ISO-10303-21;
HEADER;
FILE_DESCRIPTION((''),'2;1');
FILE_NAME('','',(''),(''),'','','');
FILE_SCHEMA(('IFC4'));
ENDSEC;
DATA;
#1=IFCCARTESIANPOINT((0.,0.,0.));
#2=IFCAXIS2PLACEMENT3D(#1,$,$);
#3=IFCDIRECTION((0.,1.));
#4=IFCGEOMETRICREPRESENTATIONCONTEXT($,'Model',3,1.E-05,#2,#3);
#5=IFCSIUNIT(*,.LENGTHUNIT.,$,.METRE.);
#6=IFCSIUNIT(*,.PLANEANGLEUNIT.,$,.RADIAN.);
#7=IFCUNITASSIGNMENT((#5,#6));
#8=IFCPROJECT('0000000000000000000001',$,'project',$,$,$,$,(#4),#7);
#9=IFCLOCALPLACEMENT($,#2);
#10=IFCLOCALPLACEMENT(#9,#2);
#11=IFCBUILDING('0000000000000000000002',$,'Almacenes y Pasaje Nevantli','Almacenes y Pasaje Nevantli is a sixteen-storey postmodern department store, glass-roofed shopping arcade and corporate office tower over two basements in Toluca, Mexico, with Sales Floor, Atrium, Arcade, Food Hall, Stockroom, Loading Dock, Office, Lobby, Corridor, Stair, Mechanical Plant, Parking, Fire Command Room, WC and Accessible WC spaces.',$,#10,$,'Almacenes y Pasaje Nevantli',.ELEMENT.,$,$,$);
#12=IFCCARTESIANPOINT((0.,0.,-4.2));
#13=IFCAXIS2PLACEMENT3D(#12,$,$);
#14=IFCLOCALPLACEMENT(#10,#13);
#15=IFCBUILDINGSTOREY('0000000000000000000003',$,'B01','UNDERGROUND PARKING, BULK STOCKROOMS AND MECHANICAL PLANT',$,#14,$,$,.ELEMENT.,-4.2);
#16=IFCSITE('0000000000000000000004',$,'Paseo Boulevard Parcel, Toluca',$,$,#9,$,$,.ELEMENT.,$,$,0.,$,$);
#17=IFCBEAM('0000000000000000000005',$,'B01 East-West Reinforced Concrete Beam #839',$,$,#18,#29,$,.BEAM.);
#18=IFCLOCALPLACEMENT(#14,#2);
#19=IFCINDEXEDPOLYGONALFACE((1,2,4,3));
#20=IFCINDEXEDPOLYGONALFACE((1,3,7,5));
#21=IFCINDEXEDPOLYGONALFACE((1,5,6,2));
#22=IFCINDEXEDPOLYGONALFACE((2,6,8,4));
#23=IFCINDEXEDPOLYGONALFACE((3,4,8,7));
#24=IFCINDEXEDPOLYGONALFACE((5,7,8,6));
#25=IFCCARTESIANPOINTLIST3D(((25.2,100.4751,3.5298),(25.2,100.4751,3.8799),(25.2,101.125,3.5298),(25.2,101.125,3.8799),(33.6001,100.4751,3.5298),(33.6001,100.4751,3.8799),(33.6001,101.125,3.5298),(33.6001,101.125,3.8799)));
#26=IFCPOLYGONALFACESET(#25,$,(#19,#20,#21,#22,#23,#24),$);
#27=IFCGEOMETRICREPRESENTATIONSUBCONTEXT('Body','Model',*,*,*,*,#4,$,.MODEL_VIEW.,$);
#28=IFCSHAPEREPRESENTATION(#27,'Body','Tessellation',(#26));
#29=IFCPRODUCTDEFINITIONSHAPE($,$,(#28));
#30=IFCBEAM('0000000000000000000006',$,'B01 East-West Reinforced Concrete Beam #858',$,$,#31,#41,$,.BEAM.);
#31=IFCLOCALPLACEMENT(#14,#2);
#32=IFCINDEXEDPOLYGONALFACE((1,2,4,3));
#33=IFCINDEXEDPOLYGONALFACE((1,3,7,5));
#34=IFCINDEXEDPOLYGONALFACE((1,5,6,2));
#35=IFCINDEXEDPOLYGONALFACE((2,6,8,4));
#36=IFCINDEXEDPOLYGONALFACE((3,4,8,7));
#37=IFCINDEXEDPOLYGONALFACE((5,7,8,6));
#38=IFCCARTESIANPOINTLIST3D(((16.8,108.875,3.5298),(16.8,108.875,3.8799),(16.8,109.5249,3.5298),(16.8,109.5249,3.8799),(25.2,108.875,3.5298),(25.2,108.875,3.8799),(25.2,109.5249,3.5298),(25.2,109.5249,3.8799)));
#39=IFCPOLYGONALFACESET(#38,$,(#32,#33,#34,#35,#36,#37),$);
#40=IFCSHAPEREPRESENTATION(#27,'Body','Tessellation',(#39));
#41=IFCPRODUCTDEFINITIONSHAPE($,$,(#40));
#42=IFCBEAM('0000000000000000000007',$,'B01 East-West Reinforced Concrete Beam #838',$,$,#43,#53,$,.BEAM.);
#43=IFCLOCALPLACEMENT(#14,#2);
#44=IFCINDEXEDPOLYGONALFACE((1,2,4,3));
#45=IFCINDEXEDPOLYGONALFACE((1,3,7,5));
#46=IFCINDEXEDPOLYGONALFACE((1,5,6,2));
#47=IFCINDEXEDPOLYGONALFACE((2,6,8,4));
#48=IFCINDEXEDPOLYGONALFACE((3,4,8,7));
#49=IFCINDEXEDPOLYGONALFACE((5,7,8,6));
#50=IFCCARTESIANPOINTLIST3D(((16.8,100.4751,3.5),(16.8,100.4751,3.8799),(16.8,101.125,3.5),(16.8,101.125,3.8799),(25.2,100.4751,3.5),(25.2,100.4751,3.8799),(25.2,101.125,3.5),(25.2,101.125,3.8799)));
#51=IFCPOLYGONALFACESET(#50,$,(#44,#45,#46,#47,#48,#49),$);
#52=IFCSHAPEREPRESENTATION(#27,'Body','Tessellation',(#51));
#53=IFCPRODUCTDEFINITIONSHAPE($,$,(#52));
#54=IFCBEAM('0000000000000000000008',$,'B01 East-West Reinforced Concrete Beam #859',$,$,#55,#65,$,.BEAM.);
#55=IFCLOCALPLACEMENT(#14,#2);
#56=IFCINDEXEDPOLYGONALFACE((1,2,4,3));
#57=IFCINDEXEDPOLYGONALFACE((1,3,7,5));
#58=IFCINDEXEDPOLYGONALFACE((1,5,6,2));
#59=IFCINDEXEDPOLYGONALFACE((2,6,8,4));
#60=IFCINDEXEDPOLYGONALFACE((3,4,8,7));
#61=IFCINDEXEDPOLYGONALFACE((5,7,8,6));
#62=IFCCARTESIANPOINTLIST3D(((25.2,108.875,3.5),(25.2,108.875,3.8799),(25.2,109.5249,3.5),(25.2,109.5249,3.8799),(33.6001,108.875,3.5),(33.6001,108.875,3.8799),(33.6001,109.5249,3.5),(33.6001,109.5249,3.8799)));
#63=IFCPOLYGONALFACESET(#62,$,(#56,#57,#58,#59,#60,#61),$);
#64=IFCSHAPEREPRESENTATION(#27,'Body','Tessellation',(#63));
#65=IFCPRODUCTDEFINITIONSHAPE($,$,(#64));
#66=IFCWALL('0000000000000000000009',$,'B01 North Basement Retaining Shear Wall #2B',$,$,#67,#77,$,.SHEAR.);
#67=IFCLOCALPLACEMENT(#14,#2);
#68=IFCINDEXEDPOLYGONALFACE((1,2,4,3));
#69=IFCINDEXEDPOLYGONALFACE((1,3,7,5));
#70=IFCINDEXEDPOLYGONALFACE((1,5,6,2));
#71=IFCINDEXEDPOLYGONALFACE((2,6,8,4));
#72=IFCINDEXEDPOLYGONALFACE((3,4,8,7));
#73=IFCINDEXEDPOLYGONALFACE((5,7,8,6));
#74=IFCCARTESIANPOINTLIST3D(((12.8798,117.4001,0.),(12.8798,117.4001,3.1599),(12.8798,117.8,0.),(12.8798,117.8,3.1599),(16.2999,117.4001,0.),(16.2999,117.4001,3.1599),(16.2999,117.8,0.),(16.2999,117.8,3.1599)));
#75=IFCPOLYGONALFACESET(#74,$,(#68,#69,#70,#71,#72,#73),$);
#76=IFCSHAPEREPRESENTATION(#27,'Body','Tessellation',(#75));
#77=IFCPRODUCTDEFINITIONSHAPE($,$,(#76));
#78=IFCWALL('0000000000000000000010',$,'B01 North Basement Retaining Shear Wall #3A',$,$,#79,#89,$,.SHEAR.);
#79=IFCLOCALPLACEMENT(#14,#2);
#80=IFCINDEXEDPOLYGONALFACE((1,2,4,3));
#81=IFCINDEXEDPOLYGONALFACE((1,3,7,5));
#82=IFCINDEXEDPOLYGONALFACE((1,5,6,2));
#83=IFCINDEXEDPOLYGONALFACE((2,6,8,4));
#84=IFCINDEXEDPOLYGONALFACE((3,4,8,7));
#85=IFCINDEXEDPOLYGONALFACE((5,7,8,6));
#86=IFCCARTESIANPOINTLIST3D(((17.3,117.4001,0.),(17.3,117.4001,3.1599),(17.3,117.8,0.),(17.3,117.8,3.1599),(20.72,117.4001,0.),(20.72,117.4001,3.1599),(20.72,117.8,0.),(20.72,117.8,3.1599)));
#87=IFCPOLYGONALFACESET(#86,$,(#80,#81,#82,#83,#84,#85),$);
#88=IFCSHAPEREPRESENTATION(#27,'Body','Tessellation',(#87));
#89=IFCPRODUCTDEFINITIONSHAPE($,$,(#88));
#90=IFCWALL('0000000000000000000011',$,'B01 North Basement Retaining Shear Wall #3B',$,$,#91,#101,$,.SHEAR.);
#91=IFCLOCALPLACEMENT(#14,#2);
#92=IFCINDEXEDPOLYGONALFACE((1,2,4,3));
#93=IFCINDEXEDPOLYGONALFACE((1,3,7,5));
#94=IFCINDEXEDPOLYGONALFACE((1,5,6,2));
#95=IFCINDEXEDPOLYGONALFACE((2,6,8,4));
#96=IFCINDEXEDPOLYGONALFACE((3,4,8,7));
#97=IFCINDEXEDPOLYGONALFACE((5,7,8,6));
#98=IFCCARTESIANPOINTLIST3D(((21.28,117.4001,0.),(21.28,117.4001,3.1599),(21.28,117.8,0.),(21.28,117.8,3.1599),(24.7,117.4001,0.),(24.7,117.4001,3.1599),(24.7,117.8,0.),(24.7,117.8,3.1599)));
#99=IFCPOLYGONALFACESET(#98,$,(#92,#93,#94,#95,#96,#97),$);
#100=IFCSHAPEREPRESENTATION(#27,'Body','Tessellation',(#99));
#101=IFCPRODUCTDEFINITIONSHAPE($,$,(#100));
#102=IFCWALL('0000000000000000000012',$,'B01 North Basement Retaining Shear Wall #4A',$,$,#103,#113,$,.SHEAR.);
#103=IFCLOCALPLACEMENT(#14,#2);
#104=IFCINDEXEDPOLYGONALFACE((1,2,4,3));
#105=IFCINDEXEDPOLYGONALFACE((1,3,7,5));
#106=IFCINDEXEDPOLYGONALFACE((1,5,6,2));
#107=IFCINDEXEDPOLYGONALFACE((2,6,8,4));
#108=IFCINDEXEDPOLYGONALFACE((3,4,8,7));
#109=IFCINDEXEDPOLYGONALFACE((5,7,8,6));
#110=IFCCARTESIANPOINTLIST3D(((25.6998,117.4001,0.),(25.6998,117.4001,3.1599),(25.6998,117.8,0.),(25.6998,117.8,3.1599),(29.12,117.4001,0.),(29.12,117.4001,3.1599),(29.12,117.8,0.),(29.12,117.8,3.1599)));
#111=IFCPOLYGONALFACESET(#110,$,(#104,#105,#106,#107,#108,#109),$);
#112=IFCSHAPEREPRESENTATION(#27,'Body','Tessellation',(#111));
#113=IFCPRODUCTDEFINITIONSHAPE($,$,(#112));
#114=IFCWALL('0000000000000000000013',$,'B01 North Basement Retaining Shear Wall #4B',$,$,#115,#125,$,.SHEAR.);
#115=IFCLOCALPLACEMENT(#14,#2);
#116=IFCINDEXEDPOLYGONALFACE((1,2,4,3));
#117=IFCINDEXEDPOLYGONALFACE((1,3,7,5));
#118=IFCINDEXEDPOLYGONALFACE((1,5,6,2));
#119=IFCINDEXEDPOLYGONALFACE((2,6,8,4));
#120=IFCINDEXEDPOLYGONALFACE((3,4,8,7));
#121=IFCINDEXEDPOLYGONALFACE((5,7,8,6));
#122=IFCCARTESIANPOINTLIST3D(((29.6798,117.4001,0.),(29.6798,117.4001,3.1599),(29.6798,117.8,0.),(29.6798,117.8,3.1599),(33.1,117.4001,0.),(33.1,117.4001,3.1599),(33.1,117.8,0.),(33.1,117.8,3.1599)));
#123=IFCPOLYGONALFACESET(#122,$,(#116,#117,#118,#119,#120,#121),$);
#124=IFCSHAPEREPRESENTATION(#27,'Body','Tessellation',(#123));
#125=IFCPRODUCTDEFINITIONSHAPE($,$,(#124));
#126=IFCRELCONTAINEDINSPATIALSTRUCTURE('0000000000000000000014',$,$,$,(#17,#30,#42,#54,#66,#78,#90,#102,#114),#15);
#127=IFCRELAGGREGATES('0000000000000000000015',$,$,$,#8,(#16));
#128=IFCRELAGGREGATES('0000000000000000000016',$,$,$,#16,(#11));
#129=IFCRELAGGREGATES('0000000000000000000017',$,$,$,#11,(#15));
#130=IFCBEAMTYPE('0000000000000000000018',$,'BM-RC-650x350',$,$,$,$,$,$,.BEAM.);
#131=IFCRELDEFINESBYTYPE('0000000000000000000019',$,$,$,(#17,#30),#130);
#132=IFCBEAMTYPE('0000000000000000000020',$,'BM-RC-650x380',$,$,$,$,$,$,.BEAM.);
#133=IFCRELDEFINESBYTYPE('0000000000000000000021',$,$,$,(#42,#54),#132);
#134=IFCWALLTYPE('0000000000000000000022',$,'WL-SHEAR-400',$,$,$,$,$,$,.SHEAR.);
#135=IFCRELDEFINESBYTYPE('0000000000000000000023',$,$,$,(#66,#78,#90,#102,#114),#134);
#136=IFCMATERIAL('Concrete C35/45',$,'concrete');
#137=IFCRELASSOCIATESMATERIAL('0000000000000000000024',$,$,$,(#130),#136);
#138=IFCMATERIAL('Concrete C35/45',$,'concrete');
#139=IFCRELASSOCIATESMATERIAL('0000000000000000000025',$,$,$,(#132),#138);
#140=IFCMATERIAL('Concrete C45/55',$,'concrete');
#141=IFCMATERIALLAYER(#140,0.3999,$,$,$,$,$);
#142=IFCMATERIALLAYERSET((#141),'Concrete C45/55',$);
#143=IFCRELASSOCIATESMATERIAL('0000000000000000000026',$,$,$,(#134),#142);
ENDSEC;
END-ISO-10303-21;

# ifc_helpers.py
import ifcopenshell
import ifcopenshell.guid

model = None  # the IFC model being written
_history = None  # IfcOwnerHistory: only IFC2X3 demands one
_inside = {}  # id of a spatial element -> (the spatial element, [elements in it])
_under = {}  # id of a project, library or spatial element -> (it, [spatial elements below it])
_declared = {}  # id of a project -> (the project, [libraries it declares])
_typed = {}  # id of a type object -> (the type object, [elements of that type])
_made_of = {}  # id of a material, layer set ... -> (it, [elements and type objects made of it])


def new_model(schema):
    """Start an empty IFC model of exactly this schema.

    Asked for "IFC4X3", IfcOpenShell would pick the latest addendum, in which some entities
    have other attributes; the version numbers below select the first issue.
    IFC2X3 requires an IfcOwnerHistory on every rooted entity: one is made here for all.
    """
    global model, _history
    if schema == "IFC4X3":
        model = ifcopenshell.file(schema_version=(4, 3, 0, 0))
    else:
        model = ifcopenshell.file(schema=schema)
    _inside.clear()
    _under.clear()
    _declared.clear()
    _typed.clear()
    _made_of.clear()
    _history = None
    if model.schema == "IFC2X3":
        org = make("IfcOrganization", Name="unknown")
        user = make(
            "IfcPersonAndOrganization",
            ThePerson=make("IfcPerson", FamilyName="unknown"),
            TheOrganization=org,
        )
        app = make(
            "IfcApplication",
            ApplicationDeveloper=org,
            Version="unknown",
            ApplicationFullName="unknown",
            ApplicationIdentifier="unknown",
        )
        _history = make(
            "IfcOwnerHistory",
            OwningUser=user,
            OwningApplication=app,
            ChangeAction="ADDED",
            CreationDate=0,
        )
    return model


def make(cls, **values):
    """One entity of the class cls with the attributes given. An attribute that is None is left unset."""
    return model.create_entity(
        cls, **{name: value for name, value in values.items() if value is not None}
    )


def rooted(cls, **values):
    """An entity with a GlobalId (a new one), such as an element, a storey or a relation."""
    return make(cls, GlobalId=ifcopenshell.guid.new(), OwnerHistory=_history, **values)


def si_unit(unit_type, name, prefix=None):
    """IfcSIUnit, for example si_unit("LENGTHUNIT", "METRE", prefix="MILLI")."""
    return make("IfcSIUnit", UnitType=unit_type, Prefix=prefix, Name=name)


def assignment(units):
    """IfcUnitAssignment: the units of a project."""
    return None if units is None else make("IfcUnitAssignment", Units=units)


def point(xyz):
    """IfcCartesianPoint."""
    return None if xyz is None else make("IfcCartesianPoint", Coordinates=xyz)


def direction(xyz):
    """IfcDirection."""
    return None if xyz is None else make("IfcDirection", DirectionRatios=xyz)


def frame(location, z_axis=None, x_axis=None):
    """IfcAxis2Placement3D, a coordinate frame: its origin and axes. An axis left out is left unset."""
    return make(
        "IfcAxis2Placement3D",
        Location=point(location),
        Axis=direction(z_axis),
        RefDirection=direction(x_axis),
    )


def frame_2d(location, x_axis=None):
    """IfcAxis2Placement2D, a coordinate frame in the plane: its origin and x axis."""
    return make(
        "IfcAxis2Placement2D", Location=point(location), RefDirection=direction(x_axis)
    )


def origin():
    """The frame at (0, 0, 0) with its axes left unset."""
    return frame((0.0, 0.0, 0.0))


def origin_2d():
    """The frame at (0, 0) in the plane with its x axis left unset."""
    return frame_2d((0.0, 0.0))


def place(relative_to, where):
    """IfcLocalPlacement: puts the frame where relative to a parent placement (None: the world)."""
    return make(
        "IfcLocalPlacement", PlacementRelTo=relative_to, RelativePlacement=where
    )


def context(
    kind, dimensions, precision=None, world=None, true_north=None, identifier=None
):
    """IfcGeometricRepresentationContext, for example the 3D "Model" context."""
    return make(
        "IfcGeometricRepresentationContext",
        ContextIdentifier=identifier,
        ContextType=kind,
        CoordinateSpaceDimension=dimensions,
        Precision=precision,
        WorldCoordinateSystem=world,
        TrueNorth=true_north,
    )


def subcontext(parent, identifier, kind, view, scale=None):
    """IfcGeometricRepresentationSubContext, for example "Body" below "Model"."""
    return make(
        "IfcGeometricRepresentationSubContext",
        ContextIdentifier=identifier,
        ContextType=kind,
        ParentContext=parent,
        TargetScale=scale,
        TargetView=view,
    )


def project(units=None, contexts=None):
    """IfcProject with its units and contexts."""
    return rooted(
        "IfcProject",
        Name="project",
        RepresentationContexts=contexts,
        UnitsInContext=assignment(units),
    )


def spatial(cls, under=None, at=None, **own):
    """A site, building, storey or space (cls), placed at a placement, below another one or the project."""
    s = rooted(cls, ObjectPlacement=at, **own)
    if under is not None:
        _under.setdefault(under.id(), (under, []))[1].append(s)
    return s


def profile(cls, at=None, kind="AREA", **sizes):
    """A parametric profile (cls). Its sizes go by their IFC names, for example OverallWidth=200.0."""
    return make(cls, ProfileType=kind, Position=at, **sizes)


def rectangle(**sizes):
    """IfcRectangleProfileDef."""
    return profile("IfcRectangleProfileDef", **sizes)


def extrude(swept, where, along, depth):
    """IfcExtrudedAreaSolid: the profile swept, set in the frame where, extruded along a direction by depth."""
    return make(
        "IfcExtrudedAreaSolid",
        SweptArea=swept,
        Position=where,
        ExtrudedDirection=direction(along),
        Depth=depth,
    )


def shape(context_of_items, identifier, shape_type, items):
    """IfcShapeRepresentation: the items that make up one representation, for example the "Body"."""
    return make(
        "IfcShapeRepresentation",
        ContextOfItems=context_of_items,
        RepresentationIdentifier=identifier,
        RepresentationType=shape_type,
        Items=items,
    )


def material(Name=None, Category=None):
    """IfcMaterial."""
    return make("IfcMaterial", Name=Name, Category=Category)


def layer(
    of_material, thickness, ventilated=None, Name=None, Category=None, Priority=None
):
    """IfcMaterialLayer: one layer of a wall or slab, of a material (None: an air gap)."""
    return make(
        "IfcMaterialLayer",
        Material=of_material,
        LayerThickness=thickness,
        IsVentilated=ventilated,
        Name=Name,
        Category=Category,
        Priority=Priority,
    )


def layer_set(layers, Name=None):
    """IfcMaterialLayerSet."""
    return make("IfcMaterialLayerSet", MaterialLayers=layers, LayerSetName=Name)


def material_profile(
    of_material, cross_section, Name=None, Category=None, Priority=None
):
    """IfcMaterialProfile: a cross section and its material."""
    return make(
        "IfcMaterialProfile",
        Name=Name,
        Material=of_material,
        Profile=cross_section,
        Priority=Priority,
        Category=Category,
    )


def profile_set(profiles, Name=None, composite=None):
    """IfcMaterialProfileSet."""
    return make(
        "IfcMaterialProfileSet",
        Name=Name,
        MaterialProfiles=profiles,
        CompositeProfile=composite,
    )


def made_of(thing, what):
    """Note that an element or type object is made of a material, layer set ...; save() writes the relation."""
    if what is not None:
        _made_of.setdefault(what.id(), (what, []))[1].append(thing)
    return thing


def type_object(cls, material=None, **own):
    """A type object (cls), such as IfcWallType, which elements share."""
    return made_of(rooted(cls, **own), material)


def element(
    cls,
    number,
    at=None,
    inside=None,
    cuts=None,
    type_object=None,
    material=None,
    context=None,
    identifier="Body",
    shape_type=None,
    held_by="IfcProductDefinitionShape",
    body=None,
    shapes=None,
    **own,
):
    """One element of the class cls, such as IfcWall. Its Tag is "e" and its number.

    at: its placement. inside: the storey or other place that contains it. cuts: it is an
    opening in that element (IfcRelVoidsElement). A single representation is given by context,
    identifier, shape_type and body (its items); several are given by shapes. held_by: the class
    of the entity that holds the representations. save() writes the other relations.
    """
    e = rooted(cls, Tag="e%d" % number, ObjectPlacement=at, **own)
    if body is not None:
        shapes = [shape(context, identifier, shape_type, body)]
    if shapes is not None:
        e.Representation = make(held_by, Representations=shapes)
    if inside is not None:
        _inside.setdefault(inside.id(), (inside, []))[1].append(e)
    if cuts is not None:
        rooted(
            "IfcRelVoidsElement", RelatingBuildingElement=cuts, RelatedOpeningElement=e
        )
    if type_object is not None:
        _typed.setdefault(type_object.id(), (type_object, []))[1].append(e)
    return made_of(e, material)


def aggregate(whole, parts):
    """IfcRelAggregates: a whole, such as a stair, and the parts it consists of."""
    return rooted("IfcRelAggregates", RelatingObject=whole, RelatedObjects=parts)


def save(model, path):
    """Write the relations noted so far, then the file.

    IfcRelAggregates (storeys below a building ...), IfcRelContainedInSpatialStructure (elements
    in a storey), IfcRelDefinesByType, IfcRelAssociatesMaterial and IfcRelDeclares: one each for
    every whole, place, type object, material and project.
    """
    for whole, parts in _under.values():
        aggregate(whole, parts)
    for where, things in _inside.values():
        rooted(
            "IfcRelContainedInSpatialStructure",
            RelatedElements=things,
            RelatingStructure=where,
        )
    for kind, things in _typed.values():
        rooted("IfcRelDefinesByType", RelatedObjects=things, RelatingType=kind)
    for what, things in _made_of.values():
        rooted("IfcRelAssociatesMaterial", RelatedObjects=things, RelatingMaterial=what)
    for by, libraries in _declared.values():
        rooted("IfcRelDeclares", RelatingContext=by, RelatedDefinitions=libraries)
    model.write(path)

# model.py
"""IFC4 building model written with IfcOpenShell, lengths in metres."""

from ifc_helpers import new_model, si_unit, direction, frame, frame_2d, origin, origin_2d, place, context, subcontext, project, spatial, rectangle, extrude, material, layer, layer_set, material_profile, profile_set, type_object, element, save


model = new_model("IFC4")

# Units and contexts
model_context = context("Model", 3, precision=1e-05, world=origin(), true_north=direction((0.0, 1.0)))
body_context = subcontext(model_context, "Body", "Model", "MODEL_VIEW")
ifc_project = project(units=[si_unit("LENGTHUNIT", "METRE"), si_unit("PLANEANGLEUNIT", "RADIAN")], contexts=[model_context])

# Site, building, storey
site_placement = place(None, origin())
site = spatial("IfcSite", under=ifc_project, at=site_placement, Name="Paseo Boulevard Parcel, Toluca", CompositionType="ELEMENT", RefElevation=0.0)
building_placement = place(site_placement, origin())
building = spatial("IfcBuilding", under=site, at=building_placement, Name="Almacenes y Pasaje Nevantli", Description="Almacenes y Pasaje Nevantli is a sixteen-storey postmodern department store, glass-roofed shopping arcade and corporate office tower over two basements in Toluca, Mexico, with Sales Floor, Atrium, Arcade, Food Hall, Stockroom, Loading Dock, Office, Lobby, Corridor, Stair, Mechanical Plant, Parking, Fire Command Room, WC and Accessible WC spaces.", LongName="Almacenes y Pasaje Nevantli", CompositionType="ELEMENT")
storey_placement = place(building_placement, frame((0.0, 0.0, -4.2)))
storey = spatial("IfcBuildingStorey", under=building, at=storey_placement, Name="B01", Description="UNDERGROUND PARKING, BULK STOCKROOMS AND MECHANICAL PLANT", CompositionType="ELEMENT", Elevation=-4.2)

# Beams
ifc_material_1 = material(Name="Concrete C35/45", Category="concrete")
ifc_material_profile_1 = material_profile(ifc_material_1, rectangle(XDim=0.6499, YDim=0.3501, at=origin_2d()), Name="RC-BM-650x350")
ifc_profile_set_1 = profile_set([ifc_material_profile_1], Name="Concrete C35/45")
beam_type_1 = type_object("IfcBeamType", Name="BM-RC-650x350", PredefinedType="BEAM", material=ifc_profile_set_1)
beam_1_placement = place(storey_placement, frame((25.2, 100.8, 3.7048), z_axis=(1.0, 0.0, 0.0), x_axis=(0.0, 1.0, 0.0)))
element("IfcBeam", 1, at=beam_1_placement, inside=storey, type_object=beam_type_1, Name="B01 East-West Reinforced Concrete Beam #839", PredefinedType="BEAM", context=body_context, shape_type="SweptSolid", body=[
    extrude(rectangle(XDim=0.6499, YDim=0.3501, at=origin_2d()), origin(), (0.0, 0.0, 1.0), 8.4001),
])
beam_2_placement = place(storey_placement, frame((16.8, 109.2, 3.7048), z_axis=(1.0, 0.0, 0.0), x_axis=(0.0, 1.0, 0.0)))
element("IfcBeam", 2, at=beam_2_placement, inside=storey, type_object=beam_type_1, Name="B01 East-West Reinforced Concrete Beam #858", PredefinedType="BEAM", context=body_context, shape_type="SweptSolid", body=[
    extrude(rectangle(XDim=0.6499, YDim=0.3501, at=origin_2d()), origin(), (0.0, 0.0, 1.0), 8.3999),
])
ifc_material_2 = material(Name="Concrete C35/45", Category="concrete")
ifc_material_profile_2 = material_profile(ifc_material_2, rectangle(XDim=0.6499, YDim=0.3799, at=origin_2d()), Name="RC-BM-650x380")
ifc_profile_set_2 = profile_set([ifc_material_profile_2], Name="Concrete C35/45")
beam_type_2 = type_object("IfcBeamType", Name="BM-RC-650x380", PredefinedType="BEAM", material=ifc_profile_set_2)
beam_3_placement = place(storey_placement, frame((16.8, 100.8, 3.6899), z_axis=(1.0, 0.0, 0.0), x_axis=(0.0, 1.0, 0.0)))
element("IfcBeam", 3, at=beam_3_placement, inside=storey, type_object=beam_type_2, Name="B01 East-West Reinforced Concrete Beam #838", PredefinedType="BEAM", context=body_context, shape_type="SweptSolid", body=[
    extrude(rectangle(XDim=0.6499, YDim=0.3799, at=origin_2d()), origin(), (0.0, 0.0, 1.0), 8.3999),
])
beam_4_placement = place(storey_placement, frame((25.2, 109.2, 3.6899), z_axis=(1.0, 0.0, 0.0), x_axis=(0.0, 1.0, 0.0)))
element("IfcBeam", 4, at=beam_4_placement, inside=storey, type_object=beam_type_2, Name="B01 East-West Reinforced Concrete Beam #859", PredefinedType="BEAM", context=body_context, shape_type="SweptSolid", body=[
    extrude(rectangle(XDim=0.6499, YDim=0.3799, at=origin_2d()), origin(), (0.0, 0.0, 1.0), 8.4001),
])

# Walls
ifc_material_3 = material(Name="Concrete C45/55", Category="concrete")
ifc_layer = layer(ifc_material_3, 0.3999)
ifc_layer_set = layer_set([ifc_layer], Name="Concrete C45/55")
wall_type = type_object("IfcWallType", Name="WL-SHEAR-400", PredefinedType="SHEAR", material=ifc_layer_set)
wall_placement = place(storey_placement, frame((12.8799, 117.6001, 0.0), z_axis=(0.0, 0.0, 1.0), x_axis=(1.0, 0.0, 0.0)))
element("IfcWall", 5, at=wall_placement, inside=storey, type_object=wall_type, Name="B01 North Basement Retaining Shear Wall #2B", PredefinedType="SHEAR", context=body_context, shape_type="SweptSolid", body=[
    extrude(rectangle(XDim=3.4202, YDim=0.3999, at=frame_2d((1.71, 0.0))), origin(), (0.0, 0.0, 1.0), 3.1599),
])
for number, where, z_axis, x_axis, name in (
    (6, (17.3, 117.6001, 0.0), (0.0, 0.0, 1.0), (1.0, 0.0, 0.0), "B01 North Basement Retaining Shear Wall #3A"),
    (7, (21.28, 117.6001, 0.0), (0.0, 0.0, 1.0), (1.0, 0.0, 0.0), "B01 North Basement Retaining Shear Wall #3B"),
):
    element("IfcWall", number, at=place(storey_placement, frame(where, z_axis=z_axis, x_axis=x_axis)), inside=storey, type_object=wall_type, Name=name, PredefinedType="SHEAR", context=body_context, shape_type="SweptSolid", body=[
        extrude(rectangle(XDim=3.4199, YDim=0.3999, at=frame_2d((1.71, 0.0))), origin(), (0.0, 0.0, 1.0), 3.1599),
    ])
for number, where, z_axis, x_axis, name in (
    (8, (25.7, 117.6001, 0.0), (0.0, 0.0, 1.0), (1.0, 0.0, 0.0), "B01 North Basement Retaining Shear Wall #4A"),
    (9, (29.6799, 117.6001, 0.0), (0.0, 0.0, 1.0), (1.0, 0.0, 0.0), "B01 North Basement Retaining Shear Wall #4B"),
):
    element("IfcWall", number, at=place(storey_placement, frame(where, z_axis=z_axis, x_axis=x_axis)), inside=storey, type_object=wall_type, Name=name, PredefinedType="SHEAR", context=body_context, shape_type="SweptSolid", body=[
        extrude(rectangle(XDim=3.4202, YDim=0.3999, at=frame_2d((1.71, 0.0))), origin(), (0.0, 0.0, 1.0), 3.1599),
    ])

save(model, "model.ifc")
